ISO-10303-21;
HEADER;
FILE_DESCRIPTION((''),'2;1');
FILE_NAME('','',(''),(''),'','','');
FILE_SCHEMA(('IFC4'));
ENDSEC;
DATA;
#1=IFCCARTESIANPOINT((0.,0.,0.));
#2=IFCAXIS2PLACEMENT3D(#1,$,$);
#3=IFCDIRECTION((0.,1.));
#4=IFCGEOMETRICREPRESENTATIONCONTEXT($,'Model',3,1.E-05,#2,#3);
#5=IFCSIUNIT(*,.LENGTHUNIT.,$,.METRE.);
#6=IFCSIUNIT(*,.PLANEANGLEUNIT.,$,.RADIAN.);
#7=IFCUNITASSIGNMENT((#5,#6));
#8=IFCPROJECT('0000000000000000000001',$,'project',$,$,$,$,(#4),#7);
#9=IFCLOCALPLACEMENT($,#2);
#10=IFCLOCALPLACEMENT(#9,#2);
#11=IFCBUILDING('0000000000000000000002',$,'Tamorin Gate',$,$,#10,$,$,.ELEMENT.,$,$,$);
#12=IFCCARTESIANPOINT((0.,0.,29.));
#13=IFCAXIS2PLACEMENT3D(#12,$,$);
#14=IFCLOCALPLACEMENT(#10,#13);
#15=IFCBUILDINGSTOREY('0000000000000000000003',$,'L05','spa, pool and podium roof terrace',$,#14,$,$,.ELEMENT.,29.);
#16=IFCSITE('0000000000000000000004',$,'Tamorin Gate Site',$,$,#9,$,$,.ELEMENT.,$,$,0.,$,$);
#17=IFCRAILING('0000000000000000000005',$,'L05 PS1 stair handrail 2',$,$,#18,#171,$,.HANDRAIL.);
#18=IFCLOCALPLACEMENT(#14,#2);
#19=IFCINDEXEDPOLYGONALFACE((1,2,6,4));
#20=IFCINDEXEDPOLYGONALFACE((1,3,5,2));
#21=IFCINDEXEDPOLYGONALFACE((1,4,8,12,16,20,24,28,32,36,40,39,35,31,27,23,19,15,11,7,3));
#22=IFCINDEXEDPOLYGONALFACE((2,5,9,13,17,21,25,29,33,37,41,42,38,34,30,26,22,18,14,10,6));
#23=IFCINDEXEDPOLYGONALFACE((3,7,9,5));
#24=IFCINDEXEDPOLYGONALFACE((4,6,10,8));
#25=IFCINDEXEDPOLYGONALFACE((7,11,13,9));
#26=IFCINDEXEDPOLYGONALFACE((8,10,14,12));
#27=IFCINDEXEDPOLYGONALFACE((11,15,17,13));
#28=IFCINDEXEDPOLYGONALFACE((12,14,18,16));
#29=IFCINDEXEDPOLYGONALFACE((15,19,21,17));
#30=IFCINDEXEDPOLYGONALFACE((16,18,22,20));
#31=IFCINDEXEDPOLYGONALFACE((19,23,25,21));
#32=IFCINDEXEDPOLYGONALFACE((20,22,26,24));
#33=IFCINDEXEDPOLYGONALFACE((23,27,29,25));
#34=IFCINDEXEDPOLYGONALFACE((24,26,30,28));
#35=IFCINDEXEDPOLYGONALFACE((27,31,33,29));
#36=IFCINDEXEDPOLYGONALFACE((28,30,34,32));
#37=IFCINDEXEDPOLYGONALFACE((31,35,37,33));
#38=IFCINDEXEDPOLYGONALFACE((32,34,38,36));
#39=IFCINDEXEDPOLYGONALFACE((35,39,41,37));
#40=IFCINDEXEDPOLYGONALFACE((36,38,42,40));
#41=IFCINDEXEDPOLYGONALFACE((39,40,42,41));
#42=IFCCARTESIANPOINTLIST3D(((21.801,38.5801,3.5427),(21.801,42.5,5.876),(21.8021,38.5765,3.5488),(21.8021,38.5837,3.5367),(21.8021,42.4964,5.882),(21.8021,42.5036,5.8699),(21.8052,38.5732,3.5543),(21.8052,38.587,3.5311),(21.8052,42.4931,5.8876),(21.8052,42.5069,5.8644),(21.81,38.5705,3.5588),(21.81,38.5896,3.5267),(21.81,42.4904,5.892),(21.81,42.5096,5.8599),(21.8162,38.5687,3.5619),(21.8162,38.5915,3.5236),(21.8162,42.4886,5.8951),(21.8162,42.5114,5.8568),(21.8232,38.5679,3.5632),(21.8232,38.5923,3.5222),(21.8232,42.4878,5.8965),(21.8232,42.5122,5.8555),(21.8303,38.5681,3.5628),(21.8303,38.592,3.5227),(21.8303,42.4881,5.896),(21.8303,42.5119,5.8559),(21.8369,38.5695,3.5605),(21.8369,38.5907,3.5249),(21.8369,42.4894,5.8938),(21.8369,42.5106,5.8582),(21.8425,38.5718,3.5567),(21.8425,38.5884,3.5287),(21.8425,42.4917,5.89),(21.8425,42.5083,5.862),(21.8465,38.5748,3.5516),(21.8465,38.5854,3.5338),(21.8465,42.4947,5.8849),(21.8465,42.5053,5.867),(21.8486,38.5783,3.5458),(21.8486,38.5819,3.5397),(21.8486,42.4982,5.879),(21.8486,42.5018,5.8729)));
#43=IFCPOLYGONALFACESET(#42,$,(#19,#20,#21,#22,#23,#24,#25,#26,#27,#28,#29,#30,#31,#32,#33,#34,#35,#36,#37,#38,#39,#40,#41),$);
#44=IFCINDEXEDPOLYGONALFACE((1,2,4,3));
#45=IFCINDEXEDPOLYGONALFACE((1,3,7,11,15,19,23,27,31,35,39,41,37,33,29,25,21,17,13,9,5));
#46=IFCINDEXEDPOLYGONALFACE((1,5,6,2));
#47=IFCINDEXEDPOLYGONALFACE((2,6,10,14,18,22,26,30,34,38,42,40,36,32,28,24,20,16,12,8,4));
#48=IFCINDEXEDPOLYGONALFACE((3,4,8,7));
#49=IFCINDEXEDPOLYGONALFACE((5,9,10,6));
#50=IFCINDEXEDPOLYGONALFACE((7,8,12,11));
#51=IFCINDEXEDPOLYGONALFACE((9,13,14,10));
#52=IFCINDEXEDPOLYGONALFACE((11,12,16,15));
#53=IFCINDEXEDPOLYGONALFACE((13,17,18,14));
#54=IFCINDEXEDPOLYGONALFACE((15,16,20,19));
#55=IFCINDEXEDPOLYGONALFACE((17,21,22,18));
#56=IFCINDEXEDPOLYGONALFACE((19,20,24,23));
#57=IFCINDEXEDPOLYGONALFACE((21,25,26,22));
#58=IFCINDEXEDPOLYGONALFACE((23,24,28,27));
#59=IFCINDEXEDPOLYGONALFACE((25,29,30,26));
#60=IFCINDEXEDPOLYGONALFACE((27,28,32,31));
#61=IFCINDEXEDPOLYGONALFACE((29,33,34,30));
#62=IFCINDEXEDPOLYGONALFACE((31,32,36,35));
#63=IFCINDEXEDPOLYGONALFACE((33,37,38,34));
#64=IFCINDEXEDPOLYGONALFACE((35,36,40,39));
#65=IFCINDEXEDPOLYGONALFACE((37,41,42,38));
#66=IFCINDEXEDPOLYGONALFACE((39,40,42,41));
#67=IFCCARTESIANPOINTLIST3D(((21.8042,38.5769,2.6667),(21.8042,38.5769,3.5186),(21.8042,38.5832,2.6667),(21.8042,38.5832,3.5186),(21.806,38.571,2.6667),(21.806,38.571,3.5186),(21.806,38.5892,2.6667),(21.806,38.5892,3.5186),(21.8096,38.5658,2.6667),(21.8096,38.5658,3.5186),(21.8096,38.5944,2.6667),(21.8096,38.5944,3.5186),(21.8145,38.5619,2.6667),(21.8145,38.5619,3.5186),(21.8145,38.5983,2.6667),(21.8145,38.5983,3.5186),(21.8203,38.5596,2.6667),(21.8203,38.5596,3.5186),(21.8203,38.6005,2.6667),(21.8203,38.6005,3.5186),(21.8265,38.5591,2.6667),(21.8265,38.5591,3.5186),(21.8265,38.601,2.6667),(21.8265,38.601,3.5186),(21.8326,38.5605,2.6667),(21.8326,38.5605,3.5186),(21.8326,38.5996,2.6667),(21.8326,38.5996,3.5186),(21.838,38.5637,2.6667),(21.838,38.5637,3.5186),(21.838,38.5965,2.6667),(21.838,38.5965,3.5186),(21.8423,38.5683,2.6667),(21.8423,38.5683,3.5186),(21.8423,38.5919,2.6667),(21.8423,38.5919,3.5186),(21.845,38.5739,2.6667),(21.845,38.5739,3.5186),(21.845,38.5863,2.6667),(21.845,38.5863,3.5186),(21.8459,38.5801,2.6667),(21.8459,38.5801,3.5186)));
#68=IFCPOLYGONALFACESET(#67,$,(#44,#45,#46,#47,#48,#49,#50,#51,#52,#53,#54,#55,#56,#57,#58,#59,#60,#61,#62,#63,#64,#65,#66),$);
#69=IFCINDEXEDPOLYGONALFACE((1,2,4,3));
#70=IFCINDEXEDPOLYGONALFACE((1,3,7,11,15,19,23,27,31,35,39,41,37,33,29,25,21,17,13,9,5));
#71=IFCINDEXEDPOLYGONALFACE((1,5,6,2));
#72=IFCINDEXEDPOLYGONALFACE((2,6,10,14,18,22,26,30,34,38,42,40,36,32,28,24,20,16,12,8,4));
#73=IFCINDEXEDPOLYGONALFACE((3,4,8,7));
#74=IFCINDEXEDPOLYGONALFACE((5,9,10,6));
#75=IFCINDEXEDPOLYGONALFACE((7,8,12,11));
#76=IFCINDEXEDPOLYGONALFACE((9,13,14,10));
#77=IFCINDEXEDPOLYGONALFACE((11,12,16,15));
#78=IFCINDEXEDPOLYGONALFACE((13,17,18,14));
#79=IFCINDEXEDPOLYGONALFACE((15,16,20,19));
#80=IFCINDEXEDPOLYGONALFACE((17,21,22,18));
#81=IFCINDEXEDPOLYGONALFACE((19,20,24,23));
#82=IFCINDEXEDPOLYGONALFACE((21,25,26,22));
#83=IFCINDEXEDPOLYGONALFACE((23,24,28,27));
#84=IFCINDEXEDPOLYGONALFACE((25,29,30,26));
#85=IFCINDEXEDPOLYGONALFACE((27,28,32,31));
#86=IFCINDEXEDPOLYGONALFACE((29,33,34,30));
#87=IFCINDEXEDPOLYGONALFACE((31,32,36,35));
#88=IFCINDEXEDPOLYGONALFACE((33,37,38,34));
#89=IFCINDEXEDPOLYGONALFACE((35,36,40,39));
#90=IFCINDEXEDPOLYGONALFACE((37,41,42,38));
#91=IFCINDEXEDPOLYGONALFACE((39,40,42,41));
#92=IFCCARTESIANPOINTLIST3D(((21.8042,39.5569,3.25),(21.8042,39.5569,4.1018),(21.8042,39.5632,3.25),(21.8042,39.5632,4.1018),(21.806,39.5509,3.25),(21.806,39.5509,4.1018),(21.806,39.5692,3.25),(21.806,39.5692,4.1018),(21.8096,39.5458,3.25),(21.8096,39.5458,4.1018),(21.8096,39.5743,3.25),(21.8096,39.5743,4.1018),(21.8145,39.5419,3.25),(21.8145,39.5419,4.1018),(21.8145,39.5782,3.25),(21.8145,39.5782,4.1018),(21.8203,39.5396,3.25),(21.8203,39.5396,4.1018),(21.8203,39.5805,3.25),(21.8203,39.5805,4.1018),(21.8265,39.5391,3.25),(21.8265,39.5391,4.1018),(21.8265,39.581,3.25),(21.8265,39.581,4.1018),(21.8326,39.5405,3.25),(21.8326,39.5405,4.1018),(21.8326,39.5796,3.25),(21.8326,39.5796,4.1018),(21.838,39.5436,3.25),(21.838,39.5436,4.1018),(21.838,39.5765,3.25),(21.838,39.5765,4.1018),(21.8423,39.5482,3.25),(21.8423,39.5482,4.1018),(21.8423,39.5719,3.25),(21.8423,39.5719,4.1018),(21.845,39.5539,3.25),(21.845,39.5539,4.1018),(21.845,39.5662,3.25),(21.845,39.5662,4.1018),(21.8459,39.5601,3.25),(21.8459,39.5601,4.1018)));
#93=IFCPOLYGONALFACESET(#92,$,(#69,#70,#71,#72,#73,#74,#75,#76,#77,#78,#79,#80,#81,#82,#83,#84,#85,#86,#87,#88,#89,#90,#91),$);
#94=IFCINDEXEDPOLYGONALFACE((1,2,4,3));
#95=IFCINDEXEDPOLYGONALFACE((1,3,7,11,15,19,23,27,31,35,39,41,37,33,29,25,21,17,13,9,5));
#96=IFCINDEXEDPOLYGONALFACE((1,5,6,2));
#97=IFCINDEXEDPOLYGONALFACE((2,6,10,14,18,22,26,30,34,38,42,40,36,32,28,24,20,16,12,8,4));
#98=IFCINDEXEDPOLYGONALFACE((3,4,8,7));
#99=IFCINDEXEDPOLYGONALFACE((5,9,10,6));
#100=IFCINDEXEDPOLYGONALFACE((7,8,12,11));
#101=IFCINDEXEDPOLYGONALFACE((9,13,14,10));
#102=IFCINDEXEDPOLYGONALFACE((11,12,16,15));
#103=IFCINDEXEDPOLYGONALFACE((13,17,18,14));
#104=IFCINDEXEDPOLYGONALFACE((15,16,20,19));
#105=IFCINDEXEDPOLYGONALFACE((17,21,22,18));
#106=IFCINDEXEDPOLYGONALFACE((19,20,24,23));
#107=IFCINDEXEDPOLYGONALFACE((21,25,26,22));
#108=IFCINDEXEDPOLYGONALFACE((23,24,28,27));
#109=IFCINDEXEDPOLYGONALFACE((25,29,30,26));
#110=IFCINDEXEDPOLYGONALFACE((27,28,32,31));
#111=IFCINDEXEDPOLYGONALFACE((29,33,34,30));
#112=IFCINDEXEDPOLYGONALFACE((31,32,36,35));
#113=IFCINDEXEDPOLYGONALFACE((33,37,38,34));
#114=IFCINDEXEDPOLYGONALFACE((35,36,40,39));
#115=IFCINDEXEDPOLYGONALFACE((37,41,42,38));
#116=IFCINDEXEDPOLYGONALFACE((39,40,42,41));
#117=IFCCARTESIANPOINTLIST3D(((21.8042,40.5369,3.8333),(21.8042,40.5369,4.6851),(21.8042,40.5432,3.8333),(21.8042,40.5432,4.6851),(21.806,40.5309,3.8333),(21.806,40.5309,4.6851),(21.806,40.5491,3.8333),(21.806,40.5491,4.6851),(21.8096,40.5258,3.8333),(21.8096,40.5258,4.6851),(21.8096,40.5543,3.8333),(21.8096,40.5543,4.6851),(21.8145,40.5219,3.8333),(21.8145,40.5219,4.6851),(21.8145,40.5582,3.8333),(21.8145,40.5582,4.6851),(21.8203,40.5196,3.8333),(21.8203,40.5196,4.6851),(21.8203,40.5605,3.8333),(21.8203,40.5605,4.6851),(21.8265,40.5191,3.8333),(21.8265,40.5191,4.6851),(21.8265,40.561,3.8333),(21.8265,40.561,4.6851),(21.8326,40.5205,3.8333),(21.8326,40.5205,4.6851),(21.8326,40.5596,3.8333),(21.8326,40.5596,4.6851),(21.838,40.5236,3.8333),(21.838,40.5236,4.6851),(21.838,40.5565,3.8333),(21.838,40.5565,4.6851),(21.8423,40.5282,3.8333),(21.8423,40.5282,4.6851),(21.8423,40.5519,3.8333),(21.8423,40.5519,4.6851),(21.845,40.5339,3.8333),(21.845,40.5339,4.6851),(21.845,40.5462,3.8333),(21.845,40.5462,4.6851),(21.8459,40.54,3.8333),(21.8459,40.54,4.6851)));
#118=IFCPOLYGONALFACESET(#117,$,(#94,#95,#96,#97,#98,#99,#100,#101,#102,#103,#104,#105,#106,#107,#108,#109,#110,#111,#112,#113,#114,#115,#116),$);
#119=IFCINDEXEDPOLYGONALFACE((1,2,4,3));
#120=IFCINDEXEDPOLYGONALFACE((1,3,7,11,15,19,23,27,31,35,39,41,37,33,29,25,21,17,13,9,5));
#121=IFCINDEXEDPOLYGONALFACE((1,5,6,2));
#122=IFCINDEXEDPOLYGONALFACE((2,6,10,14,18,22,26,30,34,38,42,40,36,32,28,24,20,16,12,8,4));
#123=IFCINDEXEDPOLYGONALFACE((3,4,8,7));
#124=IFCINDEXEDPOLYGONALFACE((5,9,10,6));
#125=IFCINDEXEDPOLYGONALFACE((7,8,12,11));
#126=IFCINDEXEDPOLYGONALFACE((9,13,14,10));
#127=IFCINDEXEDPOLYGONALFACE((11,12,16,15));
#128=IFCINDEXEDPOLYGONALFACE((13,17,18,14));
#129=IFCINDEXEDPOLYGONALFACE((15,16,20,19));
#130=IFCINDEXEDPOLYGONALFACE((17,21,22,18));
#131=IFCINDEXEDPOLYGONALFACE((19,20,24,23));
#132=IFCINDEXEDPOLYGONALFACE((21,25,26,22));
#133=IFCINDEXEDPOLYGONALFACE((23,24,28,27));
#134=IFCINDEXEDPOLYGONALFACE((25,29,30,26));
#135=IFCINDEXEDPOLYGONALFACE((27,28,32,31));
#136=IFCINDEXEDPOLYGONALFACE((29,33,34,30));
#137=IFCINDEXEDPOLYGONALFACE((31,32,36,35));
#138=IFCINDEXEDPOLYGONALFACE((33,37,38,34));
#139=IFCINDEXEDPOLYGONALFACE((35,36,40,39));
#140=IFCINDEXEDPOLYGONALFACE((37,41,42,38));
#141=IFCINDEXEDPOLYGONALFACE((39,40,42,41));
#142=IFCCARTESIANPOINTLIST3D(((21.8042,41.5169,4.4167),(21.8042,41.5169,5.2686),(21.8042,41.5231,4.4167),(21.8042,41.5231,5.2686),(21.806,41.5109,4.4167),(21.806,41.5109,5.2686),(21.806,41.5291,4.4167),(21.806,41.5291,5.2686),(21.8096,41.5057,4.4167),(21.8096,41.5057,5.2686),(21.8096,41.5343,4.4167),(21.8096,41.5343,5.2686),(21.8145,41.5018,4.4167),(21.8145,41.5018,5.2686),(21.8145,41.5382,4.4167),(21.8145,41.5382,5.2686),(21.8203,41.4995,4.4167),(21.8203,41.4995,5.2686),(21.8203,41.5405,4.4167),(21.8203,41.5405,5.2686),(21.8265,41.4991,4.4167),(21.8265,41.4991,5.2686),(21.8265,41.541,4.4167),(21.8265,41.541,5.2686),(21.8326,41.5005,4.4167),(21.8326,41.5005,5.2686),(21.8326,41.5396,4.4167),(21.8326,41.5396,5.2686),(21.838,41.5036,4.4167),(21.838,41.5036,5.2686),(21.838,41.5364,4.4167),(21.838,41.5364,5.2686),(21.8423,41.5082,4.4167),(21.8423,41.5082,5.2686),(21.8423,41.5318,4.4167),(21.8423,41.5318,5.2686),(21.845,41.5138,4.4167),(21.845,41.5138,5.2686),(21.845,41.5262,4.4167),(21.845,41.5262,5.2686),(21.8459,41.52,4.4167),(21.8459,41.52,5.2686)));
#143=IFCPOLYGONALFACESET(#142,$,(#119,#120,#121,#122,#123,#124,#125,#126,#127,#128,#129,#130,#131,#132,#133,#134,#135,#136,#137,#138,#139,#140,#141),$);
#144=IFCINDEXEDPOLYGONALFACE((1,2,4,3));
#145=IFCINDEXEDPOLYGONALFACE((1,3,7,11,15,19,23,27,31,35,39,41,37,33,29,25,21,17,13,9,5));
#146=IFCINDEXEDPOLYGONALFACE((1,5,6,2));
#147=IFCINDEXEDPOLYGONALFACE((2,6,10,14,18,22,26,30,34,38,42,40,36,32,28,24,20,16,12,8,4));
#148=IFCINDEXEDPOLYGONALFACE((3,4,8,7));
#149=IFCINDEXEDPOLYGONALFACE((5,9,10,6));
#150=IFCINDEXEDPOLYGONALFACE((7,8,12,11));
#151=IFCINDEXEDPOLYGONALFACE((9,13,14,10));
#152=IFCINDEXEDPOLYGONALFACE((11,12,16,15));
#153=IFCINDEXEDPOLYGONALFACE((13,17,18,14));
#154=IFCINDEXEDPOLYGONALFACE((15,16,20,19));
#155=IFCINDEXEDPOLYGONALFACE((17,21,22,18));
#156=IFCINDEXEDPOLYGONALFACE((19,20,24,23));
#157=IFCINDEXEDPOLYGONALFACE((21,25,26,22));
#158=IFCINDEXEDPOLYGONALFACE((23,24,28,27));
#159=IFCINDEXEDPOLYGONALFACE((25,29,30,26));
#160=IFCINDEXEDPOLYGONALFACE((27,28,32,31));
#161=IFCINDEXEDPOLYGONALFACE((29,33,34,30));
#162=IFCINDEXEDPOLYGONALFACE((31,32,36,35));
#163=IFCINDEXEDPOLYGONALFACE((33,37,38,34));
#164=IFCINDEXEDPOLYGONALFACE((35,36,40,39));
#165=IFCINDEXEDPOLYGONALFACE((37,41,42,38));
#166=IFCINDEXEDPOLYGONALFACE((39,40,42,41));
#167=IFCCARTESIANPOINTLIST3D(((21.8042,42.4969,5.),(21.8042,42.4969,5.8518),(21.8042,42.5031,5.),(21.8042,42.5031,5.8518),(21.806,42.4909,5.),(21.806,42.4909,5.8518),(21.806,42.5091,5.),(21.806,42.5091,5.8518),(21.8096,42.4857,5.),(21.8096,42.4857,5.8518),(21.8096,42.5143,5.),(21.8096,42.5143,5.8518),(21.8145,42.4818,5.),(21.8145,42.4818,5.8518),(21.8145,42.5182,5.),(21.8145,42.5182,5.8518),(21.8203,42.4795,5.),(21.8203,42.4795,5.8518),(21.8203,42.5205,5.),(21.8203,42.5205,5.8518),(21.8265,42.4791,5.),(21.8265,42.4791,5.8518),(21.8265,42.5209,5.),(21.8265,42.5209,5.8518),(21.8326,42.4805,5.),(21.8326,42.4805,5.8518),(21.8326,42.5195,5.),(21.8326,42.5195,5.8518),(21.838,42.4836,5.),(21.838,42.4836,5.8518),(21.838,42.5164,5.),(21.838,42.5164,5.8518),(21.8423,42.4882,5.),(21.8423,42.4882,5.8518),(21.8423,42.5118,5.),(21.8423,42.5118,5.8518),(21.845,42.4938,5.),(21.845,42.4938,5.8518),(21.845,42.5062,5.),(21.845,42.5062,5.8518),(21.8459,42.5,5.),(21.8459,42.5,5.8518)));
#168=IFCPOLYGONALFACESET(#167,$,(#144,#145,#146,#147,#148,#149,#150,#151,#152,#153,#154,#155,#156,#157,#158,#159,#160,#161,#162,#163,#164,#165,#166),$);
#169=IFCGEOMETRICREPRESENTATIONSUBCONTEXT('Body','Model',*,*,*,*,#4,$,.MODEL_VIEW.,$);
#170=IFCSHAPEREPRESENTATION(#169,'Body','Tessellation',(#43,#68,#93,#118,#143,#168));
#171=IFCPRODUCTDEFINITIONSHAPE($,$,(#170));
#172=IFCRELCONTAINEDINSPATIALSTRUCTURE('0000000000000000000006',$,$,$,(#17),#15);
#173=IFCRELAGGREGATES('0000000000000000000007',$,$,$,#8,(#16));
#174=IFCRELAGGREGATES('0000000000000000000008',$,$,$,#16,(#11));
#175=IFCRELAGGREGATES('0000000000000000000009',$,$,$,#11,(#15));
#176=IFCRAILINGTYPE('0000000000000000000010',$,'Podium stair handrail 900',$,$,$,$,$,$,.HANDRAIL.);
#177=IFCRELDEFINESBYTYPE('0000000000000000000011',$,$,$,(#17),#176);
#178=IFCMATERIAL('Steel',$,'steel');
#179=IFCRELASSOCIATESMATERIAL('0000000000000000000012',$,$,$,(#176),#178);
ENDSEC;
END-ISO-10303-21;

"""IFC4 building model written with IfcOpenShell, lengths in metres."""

from ifc_helpers import new_model, si_unit, direction, frame, origin, origin_2d, place, context, subcontext, project, spatial, circle, extrude, material, type_object, element, save


model = new_model("IFC4")

# Units and contexts
model_context = context("Model", 3, precision=1e-05, world=origin(), true_north=direction((0.0, 1.0)))
body_context = subcontext(model_context, "Body", "Model", "MODEL_VIEW")
ifc_project = project(units=[si_unit("LENGTHUNIT", "METRE"), si_unit("PLANEANGLEUNIT", "RADIAN")], contexts=[model_context])

# Site, building, storey
site_placement = place(None, origin())
site = spatial("IfcSite", under=ifc_project, at=site_placement, Name="Tamorin Gate Site", CompositionType="ELEMENT", RefElevation=0.0)
building_placement = place(site_placement, origin())
building = spatial("IfcBuilding", under=site, at=building_placement, Name="Tamorin Gate", CompositionType="ELEMENT")
storey_placement = place(building_placement, frame((0.0, 0.0, 29.0)))
storey = spatial("IfcBuildingStorey", under=building, at=storey_placement, Name="L05", Description="spa, pool and podium roof terrace", CompositionType="ELEMENT", Elevation=29.0)

# Railing
ifc_material_1 = material(Name="Steel", Category="steel")
railing_type_1 = type_object("IfcRailingType", Name="Podium stair handrail 900", PredefinedType="HANDRAIL", material=ifc_material_1)
railing_1_placement = place(storey_placement, frame((21.825, 38.5801, 2.6667)))
element("IfcRailing", 1, at=railing_1_placement, inside=storey, type_object=railing_type_1, Name="L05 PS1 stair handrail 2", PredefinedType="HANDRAIL", context=body_context, shape_type="SweptSolid", body=[
    extrude(circle(Radius=0.0239, at=origin_2d()), frame((0.0, 0.0, 0.876), z_axis=(0.0, 0.859296, 0.511478), x_axis=(-1.0, 0.0, 0.0)), (0.0, 0.0, 1.0), 4.5618),
    extrude(circle(Radius=0.021, at=origin_2d()), origin(), (0.0, 0.0, 1.0), 0.8518),
    extrude(circle(Radius=0.021, at=origin_2d()), frame((0.0, 0.98, 0.5833)), (0.0, 0.0, 1.0), 0.8518),
    extrude(circle(Radius=0.021, at=origin_2d()), frame((0.0, 1.96, 1.1665)), (0.0, 0.0, 1.0), 0.8518),
    extrude(circle(Radius=0.021, at=origin_2d()), frame((0.0, 2.9399, 1.75)), (0.0, 0.0, 1.0), 0.8518),
    extrude(circle(Radius=0.021, at=origin_2d()), frame((0.0, 3.9199, 2.3333)), (0.0, 0.0, 1.0), 0.8518),
])

save(model, "model.ifc")
